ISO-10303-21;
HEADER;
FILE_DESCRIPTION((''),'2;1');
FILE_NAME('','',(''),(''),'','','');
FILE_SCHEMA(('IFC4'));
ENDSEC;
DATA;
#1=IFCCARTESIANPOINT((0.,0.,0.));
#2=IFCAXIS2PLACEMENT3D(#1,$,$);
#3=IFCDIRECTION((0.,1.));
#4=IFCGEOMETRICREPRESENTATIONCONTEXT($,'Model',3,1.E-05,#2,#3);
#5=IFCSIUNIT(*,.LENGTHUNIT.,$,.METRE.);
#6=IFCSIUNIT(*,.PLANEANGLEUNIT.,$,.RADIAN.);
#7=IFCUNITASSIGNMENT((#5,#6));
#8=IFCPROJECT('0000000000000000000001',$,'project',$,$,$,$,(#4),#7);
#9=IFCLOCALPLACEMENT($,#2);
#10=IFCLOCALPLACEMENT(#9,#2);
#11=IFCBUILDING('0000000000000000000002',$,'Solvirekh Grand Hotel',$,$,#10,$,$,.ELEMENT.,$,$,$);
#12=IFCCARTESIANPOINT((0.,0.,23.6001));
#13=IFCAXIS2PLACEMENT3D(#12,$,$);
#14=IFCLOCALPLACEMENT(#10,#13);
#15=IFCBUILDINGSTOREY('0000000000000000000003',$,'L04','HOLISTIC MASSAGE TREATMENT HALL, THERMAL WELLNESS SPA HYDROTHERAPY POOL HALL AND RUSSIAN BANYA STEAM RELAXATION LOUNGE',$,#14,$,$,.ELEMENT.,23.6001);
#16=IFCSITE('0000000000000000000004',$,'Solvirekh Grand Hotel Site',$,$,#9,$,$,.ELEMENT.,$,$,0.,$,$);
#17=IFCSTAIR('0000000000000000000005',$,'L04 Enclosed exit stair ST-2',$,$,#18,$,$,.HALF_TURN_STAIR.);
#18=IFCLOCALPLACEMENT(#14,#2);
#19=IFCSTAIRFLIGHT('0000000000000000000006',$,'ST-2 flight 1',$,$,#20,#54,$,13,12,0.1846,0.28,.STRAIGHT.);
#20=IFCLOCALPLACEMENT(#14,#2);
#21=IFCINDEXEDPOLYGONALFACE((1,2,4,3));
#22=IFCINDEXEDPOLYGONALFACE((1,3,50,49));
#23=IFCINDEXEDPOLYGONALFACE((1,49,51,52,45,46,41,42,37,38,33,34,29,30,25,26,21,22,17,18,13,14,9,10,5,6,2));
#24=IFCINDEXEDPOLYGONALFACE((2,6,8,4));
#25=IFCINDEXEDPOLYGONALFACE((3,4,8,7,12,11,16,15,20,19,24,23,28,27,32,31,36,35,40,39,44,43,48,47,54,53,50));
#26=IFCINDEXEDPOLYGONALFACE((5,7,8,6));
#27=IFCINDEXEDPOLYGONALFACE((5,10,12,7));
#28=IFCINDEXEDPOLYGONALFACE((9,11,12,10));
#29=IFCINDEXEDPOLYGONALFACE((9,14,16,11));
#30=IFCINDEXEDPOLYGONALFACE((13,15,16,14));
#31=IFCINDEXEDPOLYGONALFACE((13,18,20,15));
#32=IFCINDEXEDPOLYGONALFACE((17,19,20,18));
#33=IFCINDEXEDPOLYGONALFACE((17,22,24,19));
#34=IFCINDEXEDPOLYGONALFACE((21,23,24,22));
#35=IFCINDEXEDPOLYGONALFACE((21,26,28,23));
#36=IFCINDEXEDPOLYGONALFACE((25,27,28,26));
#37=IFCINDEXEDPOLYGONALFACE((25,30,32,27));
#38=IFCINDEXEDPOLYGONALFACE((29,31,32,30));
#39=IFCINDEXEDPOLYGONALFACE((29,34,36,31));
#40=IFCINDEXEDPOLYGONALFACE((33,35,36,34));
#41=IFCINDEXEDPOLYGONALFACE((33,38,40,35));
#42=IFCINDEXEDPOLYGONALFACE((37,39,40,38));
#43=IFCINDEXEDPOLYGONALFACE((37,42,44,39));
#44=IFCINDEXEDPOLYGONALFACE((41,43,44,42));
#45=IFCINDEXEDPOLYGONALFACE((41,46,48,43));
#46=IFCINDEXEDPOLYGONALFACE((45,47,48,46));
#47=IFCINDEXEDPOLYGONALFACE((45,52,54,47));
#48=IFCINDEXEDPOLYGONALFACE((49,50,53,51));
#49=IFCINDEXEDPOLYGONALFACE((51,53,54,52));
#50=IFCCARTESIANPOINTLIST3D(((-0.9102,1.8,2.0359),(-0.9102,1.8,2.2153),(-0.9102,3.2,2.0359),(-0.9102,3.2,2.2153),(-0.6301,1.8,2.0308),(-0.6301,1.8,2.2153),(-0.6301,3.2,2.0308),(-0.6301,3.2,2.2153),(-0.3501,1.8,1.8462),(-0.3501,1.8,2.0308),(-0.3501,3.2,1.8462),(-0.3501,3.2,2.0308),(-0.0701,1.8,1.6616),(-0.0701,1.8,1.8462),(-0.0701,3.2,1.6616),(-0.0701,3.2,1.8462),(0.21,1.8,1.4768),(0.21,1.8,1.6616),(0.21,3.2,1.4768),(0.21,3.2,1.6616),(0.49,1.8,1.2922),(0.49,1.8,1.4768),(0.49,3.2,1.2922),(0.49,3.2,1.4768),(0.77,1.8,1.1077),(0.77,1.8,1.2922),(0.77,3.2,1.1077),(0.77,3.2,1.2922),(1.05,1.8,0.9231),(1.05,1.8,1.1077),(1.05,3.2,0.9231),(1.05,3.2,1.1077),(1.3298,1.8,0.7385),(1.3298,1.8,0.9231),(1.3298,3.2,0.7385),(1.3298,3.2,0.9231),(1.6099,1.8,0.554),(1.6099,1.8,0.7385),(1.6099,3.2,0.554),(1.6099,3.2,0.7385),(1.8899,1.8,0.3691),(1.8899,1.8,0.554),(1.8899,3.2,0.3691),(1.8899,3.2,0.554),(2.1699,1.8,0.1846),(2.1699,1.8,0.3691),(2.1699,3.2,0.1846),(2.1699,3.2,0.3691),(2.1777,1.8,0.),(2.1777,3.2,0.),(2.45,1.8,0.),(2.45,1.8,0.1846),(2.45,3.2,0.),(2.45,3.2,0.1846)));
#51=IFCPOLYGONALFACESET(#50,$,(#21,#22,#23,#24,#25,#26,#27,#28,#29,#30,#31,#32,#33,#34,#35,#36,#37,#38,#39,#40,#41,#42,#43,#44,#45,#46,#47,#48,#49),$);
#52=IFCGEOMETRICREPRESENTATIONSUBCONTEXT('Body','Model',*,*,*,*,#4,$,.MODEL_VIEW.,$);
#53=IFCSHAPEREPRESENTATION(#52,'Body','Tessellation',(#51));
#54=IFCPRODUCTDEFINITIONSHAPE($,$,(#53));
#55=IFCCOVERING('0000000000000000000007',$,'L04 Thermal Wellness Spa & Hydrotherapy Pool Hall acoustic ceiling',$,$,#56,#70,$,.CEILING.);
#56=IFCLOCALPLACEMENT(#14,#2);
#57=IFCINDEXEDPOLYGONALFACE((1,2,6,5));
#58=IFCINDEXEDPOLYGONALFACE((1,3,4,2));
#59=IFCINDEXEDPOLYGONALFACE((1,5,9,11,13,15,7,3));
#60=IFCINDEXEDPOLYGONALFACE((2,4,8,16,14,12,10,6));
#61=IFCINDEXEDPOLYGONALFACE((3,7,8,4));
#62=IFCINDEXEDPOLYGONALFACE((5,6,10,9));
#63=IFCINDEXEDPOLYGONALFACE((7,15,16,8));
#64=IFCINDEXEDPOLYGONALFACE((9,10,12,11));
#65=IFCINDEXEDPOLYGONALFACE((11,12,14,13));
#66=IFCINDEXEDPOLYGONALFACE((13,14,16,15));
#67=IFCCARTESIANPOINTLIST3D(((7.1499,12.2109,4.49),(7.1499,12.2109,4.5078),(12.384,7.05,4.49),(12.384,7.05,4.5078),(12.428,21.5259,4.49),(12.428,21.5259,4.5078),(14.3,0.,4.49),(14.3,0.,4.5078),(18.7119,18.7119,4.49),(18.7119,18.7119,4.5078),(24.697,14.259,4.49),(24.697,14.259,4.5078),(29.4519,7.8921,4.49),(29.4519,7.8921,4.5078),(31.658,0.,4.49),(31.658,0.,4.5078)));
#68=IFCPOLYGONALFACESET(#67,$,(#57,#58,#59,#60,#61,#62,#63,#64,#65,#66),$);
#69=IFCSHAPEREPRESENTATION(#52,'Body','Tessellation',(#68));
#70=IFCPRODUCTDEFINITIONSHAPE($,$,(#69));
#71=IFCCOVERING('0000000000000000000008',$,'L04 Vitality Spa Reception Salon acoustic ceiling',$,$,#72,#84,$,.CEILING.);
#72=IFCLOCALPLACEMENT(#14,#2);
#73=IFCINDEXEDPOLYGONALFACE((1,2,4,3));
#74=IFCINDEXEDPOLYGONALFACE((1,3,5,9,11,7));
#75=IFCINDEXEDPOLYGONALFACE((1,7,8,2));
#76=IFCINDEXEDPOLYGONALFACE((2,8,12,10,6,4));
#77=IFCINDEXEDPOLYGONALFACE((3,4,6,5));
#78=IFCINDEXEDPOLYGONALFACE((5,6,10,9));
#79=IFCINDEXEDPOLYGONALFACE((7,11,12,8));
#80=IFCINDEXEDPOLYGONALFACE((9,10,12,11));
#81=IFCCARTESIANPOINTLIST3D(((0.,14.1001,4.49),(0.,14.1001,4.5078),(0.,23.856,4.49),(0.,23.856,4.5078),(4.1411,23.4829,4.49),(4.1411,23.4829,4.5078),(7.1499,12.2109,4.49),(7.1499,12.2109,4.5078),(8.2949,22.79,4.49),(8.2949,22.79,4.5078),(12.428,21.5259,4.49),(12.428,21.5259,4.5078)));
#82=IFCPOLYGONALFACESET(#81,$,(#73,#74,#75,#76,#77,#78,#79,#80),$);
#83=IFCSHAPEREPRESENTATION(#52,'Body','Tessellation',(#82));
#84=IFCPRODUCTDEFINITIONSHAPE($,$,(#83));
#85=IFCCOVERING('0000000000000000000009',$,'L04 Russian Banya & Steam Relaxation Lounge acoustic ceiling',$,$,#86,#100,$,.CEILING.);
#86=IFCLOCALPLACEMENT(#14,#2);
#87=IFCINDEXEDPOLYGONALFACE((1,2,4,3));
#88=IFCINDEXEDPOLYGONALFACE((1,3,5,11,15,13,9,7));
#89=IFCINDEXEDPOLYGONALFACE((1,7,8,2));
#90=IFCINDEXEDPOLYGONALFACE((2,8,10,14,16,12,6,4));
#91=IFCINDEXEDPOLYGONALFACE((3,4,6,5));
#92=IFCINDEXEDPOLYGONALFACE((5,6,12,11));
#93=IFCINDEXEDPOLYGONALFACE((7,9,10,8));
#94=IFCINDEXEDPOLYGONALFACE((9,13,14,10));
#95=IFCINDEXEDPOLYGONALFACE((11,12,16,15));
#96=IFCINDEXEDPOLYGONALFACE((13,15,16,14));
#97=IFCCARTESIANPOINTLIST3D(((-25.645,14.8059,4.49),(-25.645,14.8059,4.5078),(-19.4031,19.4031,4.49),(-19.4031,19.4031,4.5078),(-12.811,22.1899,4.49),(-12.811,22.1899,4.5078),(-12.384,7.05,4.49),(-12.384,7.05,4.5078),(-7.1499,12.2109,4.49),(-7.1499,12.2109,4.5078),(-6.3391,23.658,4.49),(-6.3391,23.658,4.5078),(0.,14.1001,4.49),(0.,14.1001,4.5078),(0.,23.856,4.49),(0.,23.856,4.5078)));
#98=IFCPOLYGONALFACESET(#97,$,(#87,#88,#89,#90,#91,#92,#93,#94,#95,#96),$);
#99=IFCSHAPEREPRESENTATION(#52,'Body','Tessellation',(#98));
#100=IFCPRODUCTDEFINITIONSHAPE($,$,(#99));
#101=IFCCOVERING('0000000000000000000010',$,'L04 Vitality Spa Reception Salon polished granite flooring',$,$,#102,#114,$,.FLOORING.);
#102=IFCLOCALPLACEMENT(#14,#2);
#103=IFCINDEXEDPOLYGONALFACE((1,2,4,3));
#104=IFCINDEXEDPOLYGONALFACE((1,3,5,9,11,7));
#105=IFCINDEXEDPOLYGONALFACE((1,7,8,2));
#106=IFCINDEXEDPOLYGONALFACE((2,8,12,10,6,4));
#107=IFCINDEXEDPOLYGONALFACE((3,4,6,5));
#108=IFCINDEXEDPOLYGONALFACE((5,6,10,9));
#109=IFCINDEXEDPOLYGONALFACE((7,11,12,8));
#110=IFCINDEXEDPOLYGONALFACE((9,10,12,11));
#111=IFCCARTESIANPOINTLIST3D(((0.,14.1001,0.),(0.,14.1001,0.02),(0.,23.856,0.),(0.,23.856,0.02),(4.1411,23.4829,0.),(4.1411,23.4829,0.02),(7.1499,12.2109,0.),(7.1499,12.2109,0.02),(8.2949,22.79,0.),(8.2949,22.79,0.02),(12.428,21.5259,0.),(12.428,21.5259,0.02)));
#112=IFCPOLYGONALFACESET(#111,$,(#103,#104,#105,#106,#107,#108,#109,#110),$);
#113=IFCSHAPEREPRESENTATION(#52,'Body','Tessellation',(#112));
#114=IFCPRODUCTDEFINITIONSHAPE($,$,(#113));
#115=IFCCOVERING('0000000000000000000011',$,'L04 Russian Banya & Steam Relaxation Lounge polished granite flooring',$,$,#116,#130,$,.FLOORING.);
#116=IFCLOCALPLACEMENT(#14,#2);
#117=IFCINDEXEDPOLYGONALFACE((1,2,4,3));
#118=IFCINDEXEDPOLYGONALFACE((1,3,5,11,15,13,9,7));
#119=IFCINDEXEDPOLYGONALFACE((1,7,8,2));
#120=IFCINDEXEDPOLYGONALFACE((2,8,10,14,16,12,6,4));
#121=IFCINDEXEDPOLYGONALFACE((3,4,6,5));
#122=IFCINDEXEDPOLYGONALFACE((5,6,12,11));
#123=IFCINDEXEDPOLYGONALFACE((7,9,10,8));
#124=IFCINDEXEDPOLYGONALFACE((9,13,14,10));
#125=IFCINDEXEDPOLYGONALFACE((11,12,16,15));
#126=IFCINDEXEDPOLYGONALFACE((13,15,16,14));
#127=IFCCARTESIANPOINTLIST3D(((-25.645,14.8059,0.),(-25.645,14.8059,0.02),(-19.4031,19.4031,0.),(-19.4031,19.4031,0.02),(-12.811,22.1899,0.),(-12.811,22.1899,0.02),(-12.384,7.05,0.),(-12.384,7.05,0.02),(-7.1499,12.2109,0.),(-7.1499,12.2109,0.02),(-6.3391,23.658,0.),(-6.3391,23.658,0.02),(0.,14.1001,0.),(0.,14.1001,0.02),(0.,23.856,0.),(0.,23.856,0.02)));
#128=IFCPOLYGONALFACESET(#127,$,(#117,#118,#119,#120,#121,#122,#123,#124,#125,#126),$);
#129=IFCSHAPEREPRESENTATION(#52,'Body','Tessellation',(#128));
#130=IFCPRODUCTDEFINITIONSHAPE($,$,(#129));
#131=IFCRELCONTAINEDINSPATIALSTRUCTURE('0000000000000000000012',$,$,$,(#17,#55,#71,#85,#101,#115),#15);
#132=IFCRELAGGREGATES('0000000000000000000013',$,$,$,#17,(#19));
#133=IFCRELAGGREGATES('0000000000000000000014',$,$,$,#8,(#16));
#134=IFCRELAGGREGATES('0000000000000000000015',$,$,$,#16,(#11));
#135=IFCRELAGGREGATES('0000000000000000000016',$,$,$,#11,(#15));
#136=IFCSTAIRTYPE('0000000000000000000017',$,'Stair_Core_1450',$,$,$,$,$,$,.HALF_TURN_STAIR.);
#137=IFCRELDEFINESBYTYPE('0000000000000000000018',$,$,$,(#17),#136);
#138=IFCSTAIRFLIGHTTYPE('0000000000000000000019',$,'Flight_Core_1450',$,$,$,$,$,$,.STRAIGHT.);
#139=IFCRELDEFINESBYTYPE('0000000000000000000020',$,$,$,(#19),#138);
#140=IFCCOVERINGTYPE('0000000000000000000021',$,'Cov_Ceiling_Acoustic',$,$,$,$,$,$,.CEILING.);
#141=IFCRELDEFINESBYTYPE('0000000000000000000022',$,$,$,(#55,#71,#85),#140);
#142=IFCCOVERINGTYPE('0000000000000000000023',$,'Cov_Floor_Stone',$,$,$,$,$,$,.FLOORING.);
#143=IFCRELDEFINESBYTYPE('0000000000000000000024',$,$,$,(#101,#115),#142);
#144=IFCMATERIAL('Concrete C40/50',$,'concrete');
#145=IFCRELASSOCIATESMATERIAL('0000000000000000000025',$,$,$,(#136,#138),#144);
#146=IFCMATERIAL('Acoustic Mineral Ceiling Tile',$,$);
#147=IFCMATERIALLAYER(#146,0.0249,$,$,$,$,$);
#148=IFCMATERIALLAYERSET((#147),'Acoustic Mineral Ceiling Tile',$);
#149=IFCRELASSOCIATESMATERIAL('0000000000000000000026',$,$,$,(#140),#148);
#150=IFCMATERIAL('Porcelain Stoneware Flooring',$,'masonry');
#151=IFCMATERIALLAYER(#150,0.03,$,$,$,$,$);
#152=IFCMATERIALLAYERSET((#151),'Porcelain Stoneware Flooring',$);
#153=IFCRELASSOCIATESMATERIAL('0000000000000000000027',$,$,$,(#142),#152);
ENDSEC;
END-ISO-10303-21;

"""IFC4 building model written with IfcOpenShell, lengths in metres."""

from ifc_helpers import new_model, si_unit, direction, frame, origin, place, context, subcontext, project, spatial, polyline, outline, extrude, material, layer, layer_set, type_object, element, aggregate, save


model = new_model("IFC4")

# Units and contexts
model_context = context("Model", 3, precision=1e-05, world=origin(), true_north=direction((0.0, 1.0)))
body_context = subcontext(model_context, "Body", "Model", "MODEL_VIEW")
ifc_project = project(units=[si_unit("LENGTHUNIT", "METRE"), si_unit("PLANEANGLEUNIT", "RADIAN")], contexts=[model_context])

# Site, building, storey
site_placement = place(None, origin())
site = spatial("IfcSite", under=ifc_project, at=site_placement, Name="Solvirekh Grand Hotel Site", CompositionType="ELEMENT", RefElevation=0.0)
building_placement = place(site_placement, origin())
building = spatial("IfcBuilding", under=site, at=building_placement, Name="Solvirekh Grand Hotel", CompositionType="ELEMENT")
storey_placement = place(building_placement, frame((0.0, 0.0, 23.6001)))
storey = spatial("IfcBuildingStorey", under=building, at=storey_placement, Name="L04", Description="HOLISTIC MASSAGE TREATMENT HALL, THERMAL WELLNESS SPA HYDROTHERAPY POOL HALL AND RUSSIAN BANYA STEAM RELAXATION LOUNGE", CompositionType="ELEMENT", Elevation=23.6001)

# Shared definitions
ifc_material_1 = material(Name="Concrete C40/50", Category="concrete")

# Stair, stair flight
stair_type = type_object("IfcStairType", Name="Stair_Core_1450", PredefinedType="HALF_TURN_STAIR", material=ifc_material_1)
stair_placement = place(storey_placement, origin())
stair = element("IfcStair", 1, at=stair_placement, inside=storey, type_object=stair_type, Name="L04 Enclosed exit stair ST-2", PredefinedType="HALF_TURN_STAIR")
stair_flight_type = type_object("IfcStairFlightType", Name="Flight_Core_1450", PredefinedType="STRAIGHT", material=ifc_material_1)
stair_flight_placement = place(storey_placement, frame((2.45, 2.5, 0.0), z_axis=(0.0, 0.0, 1.0), x_axis=(-1.0, 0.0, 0.0)))
stair_flight = element("IfcStairFlight", 2, at=stair_flight_placement, type_object=stair_flight_type, Name="ST-2 flight 1", NumberOfRisers=13, NumberOfTreads=12, PredefinedType="STRAIGHT", RiserHeight=0.1846, TreadLength=0.28, context=body_context, shape_type="SweptSolid", body=[
    extrude(outline(polyline([(0.0, 0.0), (0.0, 0.1846), (0.28, 0.1846), (0.28, 0.3691), (0.5601, 0.3691), (0.5601, 0.554), (0.8401, 0.554), (0.8401, 0.7385), (1.1201, 0.7385), (1.1201, 0.9231), (1.3999, 0.9231), (1.3999, 1.1077), (1.6799, 1.1077), (1.6799, 1.2922), (1.96, 1.2922), (1.96, 1.4768), (2.24, 1.4768), (2.24, 1.6616), (2.52, 1.6616), (2.52, 1.8462), (2.8, 1.8462), (2.8, 2.0308), (3.0801, 2.0308), (3.0801, 2.2153), (3.3601, 2.2153), (3.3601, 2.3999), (3.3601, 2.0359), (0.2722, 0.0), (0.0, 0.0)])), frame((0.0, 0.7, 0.0), z_axis=(0.0, -1.0, 0.0), x_axis=(1.0, 0.0, 0.0)), (0.0, 0.0, 1.0), 1.3999),
])
aggregate(stair, [stair_flight])

# Coverings
ifc_material_2 = material(Name="Acoustic Mineral Ceiling Tile")
ifc_layer_1 = layer(ifc_material_2, 0.0249)
ifc_layer_set_1 = layer_set([ifc_layer_1], Name="Acoustic Mineral Ceiling Tile")
covering_type_1 = type_object("IfcCoveringType", Name="Cov_Ceiling_Acoustic", PredefinedType="CEILING", material=ifc_layer_set_1)
covering_1_placement = place(storey_placement, frame((0.0, 0.0, 4.49)))
element("IfcCovering", 3, at=covering_1_placement, inside=storey, type_object=covering_type_1, Name="L04 Thermal Wellness Spa & Hydrotherapy Pool Hall acoustic ceiling", PredefinedType="CEILING", context=body_context, shape_type="SweptSolid", body=[
    extrude(outline(polyline([(31.658, 0.0), (29.4519, 7.8921), (24.697, 14.259), (18.7119, 18.7119), (12.428, 21.5259), (7.1499, 12.2109), (12.384, 7.05), (14.3, 0.0), (31.658, 0.0)])), origin(), (0.0, 0.0, 1.0), 0.0178),
])
covering_2_placement = place(storey_placement, frame((0.0, 0.0, 4.49)))
element("IfcCovering", 4, at=covering_2_placement, inside=storey, type_object=covering_type_1, Name="L04 Vitality Spa Reception Salon acoustic ceiling", PredefinedType="CEILING", context=body_context, shape_type="SweptSolid", body=[
    extrude(outline(polyline([(12.428, 21.5259), (8.2949, 22.79), (4.1411, 23.4829), (0.0, 23.856), (0.0, 14.1001), (7.1499, 12.2109), (12.428, 21.5259)])), origin(), (0.0, 0.0, 1.0), 0.0178),
])
covering_3_placement = place(storey_placement, frame((0.0, 0.0, 4.49)))
element("IfcCovering", 5, at=covering_3_placement, inside=storey, type_object=covering_type_1, Name="L04 Russian Banya & Steam Relaxation Lounge acoustic ceiling", PredefinedType="CEILING", context=body_context, shape_type="SweptSolid", body=[
    extrude(outline(polyline([(0.0, 23.856), (-6.3391, 23.658), (-12.811, 22.1899), (-19.4031, 19.4031), (-25.645, 14.8059), (-12.384, 7.05), (-7.1499, 12.2109), (0.0, 14.1001), (0.0, 23.856)])), origin(), (0.0, 0.0, 1.0), 0.0178),
])
ifc_material_3 = material(Name="Porcelain Stoneware Flooring", Category="masonry")
ifc_layer_2 = layer(ifc_material_3, 0.03)
ifc_layer_set_2 = layer_set([ifc_layer_2], Name="Porcelain Stoneware Flooring")
covering_type_2 = type_object("IfcCoveringType", Name="Cov_Floor_Stone", PredefinedType="FLOORING", material=ifc_layer_set_2)
covering_4_placement = place(storey_placement, origin())
element("IfcCovering", 6, at=covering_4_placement, inside=storey, type_object=covering_type_2, Name="L04 Vitality Spa Reception Salon polished granite flooring", PredefinedType="FLOORING", context=body_context, shape_type="SweptSolid", body=[
    extrude(outline(polyline([(12.428, 21.5259), (8.2949, 22.79), (4.1411, 23.4829), (0.0, 23.856), (0.0, 14.1001), (7.1499, 12.2109), (12.428, 21.5259)])), origin(), (0.0, 0.0, 1.0), 0.02),
])
covering_5_placement = place(storey_placement, origin())
element("IfcCovering", 7, at=covering_5_placement, inside=storey, type_object=covering_type_2, Name="L04 Russian Banya & Steam Relaxation Lounge polished granite flooring", PredefinedType="FLOORING", context=body_context, shape_type="SweptSolid", body=[
    extrude(outline(polyline([(0.0, 23.856), (-6.3391, 23.658), (-12.811, 22.1899), (-19.4031, 19.4031), (-25.645, 14.8059), (-12.384, 7.05), (-7.1499, 12.2109), (0.0, 14.1001), (0.0, 23.856)])), origin(), (0.0, 0.0, 1.0), 0.02),
])

save(model, "model.ifc")
